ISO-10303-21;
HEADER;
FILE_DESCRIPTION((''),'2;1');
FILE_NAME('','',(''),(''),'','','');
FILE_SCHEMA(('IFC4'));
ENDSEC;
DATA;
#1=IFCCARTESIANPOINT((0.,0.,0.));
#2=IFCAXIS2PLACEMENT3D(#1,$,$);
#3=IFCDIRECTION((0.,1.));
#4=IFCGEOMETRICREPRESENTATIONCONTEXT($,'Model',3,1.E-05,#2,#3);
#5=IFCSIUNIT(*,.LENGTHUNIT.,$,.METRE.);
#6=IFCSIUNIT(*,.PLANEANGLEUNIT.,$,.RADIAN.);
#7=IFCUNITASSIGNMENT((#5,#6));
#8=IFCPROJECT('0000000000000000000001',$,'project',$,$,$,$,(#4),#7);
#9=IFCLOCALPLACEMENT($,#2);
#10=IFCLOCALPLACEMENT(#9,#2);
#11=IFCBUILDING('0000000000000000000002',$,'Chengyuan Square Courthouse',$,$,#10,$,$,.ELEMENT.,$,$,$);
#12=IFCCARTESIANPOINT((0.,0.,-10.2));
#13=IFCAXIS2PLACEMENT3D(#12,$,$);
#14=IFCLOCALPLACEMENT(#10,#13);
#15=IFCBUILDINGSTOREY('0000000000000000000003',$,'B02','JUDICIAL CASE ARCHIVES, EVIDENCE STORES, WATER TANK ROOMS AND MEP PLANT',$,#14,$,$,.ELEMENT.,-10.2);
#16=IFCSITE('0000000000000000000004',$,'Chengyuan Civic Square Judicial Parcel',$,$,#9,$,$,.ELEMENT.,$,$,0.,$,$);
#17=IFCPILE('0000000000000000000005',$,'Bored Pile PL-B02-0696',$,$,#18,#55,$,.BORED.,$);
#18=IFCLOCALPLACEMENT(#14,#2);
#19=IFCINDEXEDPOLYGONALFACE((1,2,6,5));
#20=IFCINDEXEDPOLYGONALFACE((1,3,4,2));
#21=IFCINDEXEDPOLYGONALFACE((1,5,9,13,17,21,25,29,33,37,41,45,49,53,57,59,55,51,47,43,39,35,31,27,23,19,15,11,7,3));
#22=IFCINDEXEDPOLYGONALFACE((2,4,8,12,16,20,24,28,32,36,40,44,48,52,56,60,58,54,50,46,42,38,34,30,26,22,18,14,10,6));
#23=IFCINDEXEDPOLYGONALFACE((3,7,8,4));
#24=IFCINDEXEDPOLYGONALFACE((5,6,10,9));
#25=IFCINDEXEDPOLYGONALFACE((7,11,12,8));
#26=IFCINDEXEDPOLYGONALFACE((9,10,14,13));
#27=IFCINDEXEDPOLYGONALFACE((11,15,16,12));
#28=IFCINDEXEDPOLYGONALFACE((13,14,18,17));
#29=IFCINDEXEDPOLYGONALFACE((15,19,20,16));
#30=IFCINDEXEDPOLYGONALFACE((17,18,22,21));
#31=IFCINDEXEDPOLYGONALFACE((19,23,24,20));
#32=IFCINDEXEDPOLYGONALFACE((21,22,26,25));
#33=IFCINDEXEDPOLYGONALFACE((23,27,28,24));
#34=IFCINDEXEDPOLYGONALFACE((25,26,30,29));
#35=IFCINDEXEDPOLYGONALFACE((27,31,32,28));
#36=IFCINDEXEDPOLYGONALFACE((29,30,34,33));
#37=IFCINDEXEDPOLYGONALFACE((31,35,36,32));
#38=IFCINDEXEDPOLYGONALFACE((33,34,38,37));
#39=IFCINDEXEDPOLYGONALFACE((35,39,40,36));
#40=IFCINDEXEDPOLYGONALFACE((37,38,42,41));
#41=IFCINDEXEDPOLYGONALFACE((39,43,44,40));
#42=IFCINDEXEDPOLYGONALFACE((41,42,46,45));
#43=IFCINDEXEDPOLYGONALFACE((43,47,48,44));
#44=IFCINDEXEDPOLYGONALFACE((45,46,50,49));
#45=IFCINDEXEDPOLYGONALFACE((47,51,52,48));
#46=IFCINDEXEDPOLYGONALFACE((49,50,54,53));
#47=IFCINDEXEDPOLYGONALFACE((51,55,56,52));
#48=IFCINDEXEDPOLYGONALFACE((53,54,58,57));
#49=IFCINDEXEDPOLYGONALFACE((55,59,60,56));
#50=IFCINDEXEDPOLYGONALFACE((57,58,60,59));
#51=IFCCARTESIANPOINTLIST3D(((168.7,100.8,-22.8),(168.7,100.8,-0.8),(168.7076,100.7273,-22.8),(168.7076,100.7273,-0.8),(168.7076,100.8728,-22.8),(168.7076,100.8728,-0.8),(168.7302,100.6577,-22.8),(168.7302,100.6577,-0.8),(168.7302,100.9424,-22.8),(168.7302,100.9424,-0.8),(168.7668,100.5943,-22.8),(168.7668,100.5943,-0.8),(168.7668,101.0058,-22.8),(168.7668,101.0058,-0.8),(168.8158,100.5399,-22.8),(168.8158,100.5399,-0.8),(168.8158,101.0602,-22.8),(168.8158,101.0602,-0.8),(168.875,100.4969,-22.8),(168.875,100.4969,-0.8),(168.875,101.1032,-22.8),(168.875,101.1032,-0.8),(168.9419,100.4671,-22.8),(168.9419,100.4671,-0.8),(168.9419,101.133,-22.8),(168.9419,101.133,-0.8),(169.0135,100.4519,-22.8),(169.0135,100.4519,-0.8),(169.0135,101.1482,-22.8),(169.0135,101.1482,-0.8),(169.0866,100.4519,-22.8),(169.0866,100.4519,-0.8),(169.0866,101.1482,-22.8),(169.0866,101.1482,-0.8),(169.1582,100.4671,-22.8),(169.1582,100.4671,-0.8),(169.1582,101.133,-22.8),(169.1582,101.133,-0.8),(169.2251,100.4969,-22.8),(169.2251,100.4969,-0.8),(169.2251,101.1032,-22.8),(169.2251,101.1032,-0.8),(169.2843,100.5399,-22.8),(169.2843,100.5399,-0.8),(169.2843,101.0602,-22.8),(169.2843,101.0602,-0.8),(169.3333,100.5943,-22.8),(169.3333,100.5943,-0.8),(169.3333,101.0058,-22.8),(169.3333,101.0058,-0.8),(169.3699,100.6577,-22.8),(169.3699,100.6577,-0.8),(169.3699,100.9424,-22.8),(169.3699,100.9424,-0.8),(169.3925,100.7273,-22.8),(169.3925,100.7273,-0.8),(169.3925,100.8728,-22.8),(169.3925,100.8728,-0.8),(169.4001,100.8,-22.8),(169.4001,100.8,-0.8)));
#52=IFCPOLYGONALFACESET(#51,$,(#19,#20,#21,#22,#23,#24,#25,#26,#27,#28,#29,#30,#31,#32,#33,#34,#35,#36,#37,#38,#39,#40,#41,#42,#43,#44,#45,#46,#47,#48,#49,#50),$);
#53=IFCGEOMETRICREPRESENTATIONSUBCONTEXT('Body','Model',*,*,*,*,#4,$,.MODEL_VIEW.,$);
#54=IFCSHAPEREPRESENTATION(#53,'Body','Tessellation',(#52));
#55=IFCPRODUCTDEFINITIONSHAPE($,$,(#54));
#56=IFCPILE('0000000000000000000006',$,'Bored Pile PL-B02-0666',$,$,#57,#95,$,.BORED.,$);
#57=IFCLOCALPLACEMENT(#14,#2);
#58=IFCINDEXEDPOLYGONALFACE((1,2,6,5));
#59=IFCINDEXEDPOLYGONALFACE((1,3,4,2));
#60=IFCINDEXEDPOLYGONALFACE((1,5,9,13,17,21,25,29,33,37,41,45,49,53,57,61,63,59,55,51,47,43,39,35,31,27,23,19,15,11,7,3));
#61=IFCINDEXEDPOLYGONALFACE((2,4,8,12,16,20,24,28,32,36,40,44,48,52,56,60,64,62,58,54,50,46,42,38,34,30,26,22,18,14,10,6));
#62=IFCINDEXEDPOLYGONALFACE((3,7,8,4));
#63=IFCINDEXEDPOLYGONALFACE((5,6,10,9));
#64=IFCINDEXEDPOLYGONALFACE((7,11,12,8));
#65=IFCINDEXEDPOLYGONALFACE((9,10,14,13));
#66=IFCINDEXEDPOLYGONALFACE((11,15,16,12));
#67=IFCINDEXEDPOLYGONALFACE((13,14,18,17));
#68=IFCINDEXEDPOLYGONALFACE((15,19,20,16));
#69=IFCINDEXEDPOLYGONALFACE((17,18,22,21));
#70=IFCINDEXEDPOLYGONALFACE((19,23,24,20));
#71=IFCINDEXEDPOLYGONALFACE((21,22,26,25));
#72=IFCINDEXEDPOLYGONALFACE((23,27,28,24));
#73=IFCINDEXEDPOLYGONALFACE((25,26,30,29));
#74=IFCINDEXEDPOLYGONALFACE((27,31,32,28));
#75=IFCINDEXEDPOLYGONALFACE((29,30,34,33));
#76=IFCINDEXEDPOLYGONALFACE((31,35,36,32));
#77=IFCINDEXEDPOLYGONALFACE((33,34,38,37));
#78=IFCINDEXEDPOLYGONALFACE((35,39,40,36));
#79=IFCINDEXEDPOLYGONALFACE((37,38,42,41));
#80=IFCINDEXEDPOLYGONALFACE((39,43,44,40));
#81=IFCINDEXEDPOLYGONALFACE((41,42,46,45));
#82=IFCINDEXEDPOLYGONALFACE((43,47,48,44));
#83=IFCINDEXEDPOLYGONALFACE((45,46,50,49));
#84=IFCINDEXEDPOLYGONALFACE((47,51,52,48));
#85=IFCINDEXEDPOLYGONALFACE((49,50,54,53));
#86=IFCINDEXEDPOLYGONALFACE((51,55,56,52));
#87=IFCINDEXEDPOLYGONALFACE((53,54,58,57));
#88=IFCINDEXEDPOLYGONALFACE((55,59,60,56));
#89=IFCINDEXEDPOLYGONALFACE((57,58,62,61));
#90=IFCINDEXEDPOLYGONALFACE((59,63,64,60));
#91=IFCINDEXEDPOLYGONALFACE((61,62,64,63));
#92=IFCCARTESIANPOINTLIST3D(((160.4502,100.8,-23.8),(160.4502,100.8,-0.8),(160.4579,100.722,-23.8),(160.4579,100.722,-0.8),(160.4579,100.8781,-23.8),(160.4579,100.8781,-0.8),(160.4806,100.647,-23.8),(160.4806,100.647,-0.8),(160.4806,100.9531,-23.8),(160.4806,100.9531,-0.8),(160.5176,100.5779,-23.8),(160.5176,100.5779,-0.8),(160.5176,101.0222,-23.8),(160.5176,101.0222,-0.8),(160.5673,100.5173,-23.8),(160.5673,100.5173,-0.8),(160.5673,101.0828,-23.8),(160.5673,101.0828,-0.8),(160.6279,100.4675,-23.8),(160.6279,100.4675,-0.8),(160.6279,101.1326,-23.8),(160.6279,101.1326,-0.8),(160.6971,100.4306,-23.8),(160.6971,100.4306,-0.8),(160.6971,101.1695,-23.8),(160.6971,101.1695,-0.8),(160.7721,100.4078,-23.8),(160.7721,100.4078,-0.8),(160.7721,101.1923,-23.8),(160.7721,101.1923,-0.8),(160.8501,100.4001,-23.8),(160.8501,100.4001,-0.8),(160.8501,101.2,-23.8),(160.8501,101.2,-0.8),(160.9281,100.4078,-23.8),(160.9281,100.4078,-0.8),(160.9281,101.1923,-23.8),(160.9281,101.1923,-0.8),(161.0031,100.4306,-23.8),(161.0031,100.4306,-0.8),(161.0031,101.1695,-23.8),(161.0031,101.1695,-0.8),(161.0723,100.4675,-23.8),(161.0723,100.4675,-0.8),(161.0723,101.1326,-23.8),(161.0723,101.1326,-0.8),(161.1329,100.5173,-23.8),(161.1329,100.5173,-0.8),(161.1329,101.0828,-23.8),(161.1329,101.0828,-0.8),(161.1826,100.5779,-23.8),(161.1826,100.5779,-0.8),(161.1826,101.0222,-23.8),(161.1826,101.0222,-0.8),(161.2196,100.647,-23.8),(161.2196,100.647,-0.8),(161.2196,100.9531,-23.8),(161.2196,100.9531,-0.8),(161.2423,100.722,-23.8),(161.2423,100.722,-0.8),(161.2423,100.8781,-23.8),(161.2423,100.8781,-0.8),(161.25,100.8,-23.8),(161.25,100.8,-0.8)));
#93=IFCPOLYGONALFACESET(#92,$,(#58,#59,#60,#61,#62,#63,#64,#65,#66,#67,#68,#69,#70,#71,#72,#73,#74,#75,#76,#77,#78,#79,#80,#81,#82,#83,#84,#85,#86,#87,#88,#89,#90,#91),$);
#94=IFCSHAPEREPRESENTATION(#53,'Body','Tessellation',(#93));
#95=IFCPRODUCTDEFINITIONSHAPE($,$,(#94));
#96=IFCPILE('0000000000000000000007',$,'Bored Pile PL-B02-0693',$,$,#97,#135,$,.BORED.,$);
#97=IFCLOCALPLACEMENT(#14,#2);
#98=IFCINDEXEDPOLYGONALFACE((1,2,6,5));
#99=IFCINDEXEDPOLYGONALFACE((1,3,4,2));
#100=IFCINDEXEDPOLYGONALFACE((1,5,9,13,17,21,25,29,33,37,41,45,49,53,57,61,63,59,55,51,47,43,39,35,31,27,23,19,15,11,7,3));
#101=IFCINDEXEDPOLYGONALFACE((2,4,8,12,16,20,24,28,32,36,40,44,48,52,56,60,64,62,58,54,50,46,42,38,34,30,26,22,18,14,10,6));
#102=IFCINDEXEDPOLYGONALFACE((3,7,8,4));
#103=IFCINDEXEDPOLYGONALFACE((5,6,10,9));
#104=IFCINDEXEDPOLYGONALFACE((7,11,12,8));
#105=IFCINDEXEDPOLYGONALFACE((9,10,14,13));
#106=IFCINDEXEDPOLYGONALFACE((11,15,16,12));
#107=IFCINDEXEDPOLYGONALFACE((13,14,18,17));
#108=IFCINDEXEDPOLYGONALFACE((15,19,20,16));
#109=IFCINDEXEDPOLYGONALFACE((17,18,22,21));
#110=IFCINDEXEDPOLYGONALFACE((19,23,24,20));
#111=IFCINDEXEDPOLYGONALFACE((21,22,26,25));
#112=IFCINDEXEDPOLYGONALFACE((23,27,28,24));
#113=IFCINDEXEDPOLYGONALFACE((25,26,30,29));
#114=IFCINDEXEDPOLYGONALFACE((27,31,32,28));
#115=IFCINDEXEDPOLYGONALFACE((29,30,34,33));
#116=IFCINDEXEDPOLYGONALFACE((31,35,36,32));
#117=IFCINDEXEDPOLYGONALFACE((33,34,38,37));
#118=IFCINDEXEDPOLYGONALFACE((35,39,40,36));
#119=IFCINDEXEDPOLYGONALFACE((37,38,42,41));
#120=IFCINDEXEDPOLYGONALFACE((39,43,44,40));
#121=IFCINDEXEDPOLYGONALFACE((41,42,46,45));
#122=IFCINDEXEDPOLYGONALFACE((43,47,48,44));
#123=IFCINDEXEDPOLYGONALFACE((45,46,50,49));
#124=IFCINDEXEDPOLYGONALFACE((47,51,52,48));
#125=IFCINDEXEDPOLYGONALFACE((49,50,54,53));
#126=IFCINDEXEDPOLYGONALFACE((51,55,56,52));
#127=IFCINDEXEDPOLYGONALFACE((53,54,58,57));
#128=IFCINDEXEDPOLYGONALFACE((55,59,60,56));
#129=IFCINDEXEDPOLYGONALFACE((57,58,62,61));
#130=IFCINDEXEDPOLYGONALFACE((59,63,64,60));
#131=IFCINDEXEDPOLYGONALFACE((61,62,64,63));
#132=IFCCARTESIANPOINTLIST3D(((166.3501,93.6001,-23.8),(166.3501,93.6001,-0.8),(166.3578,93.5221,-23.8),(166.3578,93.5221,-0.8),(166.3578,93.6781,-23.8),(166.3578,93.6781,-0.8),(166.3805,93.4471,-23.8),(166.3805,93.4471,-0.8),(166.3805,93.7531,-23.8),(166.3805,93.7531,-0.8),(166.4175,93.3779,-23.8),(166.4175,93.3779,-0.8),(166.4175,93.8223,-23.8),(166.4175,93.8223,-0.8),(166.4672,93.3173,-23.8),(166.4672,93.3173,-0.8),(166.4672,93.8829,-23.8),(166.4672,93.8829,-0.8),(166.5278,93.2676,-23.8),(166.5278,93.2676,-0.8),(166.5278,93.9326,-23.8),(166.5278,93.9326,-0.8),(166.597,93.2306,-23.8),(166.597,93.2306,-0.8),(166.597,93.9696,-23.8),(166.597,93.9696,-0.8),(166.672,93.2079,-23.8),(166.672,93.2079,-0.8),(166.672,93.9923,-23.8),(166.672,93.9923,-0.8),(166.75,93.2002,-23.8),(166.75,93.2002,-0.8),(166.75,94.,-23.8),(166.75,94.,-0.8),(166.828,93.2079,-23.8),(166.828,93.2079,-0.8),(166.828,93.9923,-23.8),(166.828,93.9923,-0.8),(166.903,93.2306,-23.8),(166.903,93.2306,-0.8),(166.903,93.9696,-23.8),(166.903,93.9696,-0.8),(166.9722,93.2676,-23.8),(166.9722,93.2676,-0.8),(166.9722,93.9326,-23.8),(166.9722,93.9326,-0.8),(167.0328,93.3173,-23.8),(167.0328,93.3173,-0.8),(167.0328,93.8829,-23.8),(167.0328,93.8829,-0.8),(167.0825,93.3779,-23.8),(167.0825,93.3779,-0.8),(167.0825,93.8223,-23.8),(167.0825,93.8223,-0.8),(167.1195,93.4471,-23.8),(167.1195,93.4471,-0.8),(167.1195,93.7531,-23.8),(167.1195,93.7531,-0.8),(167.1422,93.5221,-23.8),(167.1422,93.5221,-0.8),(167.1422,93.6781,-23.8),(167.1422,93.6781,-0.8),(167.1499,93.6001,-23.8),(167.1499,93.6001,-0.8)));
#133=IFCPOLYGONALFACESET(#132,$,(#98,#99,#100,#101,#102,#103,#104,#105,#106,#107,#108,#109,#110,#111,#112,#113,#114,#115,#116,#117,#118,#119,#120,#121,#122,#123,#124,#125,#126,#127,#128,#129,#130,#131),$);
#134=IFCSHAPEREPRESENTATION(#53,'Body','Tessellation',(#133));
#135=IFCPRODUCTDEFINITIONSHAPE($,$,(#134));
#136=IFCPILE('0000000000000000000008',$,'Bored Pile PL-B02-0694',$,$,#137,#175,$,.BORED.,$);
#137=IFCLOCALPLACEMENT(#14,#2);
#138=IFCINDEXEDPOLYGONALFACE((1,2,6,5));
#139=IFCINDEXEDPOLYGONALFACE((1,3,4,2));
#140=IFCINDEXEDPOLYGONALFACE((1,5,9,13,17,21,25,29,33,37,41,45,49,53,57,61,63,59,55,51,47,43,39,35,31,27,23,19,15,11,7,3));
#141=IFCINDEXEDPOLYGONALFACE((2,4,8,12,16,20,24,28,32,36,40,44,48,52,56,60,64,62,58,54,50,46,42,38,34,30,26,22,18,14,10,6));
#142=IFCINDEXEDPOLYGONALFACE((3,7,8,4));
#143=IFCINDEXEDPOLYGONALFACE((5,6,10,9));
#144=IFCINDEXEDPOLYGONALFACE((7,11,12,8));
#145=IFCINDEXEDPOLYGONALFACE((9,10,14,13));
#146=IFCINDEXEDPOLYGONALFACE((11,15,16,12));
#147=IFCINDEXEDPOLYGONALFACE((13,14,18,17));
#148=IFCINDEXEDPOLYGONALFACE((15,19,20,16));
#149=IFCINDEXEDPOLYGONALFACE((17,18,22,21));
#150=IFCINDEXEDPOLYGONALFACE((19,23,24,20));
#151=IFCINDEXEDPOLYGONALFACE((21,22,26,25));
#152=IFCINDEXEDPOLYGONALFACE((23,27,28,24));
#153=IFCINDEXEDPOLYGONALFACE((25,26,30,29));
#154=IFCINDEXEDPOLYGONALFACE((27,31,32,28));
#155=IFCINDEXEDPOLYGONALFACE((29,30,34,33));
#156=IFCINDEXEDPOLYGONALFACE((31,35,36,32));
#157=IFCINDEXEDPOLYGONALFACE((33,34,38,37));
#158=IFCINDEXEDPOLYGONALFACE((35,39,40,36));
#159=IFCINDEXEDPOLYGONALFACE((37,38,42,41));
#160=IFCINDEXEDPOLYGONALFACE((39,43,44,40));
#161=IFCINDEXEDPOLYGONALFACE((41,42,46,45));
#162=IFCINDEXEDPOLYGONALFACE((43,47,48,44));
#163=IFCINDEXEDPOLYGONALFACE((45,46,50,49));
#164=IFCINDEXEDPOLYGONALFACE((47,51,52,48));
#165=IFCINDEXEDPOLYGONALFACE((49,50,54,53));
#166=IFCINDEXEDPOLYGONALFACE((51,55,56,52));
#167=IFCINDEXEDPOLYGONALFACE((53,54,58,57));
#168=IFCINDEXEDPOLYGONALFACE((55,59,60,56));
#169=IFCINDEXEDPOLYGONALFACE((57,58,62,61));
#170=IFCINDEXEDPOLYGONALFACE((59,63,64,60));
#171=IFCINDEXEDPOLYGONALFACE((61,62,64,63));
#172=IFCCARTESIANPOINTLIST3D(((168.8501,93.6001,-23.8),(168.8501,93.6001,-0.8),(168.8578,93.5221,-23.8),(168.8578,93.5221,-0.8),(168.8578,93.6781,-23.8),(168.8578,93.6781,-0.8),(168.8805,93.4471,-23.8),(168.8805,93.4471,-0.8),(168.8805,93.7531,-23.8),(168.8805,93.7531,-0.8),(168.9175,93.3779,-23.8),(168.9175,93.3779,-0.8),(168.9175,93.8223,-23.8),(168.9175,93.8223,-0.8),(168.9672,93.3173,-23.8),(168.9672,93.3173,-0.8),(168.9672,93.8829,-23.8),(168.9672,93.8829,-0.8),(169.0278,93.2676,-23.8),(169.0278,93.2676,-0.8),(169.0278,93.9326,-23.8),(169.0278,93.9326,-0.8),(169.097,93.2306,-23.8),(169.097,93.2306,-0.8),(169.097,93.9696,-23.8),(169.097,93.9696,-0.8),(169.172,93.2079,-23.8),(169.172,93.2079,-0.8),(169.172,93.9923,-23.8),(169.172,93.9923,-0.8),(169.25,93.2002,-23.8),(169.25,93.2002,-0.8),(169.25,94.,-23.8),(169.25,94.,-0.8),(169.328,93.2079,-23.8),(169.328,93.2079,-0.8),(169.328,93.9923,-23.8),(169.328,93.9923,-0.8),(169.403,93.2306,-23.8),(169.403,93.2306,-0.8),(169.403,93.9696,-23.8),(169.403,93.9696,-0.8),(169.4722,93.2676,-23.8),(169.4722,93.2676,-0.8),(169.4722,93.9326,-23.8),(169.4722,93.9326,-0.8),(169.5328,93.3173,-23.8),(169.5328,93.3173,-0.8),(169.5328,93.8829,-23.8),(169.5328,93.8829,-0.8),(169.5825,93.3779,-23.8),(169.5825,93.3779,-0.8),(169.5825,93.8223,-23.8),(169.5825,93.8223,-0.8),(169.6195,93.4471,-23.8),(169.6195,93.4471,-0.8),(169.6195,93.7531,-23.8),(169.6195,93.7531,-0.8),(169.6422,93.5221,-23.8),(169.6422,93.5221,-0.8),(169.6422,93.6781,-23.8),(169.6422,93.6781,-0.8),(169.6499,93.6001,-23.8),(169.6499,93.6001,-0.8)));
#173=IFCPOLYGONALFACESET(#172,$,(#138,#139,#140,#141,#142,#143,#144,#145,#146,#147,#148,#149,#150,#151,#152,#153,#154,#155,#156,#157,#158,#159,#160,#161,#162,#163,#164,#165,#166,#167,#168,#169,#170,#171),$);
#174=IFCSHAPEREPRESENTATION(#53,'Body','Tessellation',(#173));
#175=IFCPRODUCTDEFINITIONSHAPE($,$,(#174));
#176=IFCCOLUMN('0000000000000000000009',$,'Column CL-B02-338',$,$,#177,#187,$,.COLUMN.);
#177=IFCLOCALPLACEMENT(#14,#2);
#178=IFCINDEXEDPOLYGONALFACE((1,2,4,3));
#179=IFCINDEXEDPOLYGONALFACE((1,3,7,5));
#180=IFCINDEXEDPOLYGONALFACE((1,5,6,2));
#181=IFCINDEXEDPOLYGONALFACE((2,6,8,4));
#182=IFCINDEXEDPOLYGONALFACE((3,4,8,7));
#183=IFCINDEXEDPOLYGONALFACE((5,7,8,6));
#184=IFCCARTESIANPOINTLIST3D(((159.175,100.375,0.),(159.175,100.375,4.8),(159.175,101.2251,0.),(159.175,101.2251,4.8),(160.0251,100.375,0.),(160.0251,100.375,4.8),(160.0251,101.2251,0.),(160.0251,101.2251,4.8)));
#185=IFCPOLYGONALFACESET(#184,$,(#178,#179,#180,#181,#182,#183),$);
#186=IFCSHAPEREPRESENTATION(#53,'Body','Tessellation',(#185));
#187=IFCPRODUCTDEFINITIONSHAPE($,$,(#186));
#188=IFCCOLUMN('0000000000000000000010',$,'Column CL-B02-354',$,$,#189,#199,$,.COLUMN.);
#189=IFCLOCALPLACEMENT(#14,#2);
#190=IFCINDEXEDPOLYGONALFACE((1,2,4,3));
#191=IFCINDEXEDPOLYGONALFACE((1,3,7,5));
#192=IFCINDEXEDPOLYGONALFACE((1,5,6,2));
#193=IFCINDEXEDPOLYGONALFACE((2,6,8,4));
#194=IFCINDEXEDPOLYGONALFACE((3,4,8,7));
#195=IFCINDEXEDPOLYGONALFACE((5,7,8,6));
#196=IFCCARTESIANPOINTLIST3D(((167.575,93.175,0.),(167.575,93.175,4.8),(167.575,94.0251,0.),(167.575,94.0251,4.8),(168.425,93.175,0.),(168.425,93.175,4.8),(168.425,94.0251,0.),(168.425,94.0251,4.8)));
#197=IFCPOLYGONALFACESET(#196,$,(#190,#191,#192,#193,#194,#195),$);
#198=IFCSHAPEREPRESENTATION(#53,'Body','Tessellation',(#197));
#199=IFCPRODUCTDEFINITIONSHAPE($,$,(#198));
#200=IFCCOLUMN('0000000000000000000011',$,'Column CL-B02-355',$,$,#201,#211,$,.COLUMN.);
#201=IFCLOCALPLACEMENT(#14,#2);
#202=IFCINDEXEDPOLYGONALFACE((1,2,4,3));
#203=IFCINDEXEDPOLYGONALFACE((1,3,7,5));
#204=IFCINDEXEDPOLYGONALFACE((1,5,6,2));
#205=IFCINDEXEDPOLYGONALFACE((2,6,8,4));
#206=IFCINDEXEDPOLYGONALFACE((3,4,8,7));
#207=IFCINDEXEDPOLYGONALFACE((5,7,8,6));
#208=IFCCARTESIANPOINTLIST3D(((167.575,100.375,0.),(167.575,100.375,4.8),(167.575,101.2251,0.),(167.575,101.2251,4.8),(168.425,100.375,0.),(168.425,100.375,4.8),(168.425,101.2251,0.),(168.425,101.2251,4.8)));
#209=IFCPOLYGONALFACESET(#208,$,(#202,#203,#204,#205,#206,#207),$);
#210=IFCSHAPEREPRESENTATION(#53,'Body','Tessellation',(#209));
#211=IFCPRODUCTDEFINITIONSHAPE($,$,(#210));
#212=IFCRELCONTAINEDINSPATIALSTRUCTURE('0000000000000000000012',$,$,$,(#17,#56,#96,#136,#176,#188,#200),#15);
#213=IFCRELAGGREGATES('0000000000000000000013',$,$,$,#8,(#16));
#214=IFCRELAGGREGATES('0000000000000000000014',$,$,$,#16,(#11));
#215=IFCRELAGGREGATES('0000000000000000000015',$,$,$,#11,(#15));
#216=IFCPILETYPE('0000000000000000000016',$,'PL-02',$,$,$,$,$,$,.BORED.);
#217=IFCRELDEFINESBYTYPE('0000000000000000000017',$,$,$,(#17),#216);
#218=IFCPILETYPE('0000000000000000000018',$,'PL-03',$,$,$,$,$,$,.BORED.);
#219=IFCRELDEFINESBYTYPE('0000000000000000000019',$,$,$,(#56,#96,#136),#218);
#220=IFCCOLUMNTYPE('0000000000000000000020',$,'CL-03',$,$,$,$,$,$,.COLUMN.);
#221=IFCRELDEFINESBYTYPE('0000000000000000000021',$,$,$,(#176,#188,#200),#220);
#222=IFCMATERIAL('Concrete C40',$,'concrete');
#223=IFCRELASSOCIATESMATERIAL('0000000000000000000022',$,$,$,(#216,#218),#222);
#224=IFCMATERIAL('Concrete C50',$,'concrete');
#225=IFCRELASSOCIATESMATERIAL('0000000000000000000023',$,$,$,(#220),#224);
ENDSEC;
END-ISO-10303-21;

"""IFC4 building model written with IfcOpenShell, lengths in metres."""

from ifc_helpers import new_model, si_unit, direction, frame, origin, origin_2d, place, context, subcontext, project, spatial, rectangle, circle, extrude, material, material_profile, profile_set, type_object, element, save


model = new_model("IFC4")

# Units and contexts
model_context = context("Model", 3, precision=1e-05, world=origin(), true_north=direction((0.0, 1.0)))
body_context = subcontext(model_context, "Body", "Model", "MODEL_VIEW")
ifc_project = project(units=[si_unit("LENGTHUNIT", "METRE"), si_unit("PLANEANGLEUNIT", "RADIAN")], contexts=[model_context])

# Site, building, storey
site_placement = place(None, origin())
site = spatial("IfcSite", under=ifc_project, at=site_placement, Name="Chengyuan Civic Square Judicial Parcel", CompositionType="ELEMENT", RefElevation=0.0)
building_placement = place(site_placement, origin())
building = spatial("IfcBuilding", under=site, at=building_placement, Name="Chengyuan Square Courthouse", CompositionType="ELEMENT")
storey_placement = place(building_placement, frame((0.0, 0.0, -10.2)))
storey = spatial("IfcBuildingStorey", under=building, at=storey_placement, Name="B02", Description="JUDICIAL CASE ARCHIVES, EVIDENCE STORES, WATER TANK ROOMS AND MEP PLANT", CompositionType="ELEMENT", Elevation=-10.2)

# Shared definitions
ifc_material_1 = material(Name="Concrete C40", Category="concrete")

# Piles
ifc_material_profile_1 = material_profile(ifc_material_1, circle(Radius=0.3501, at=origin_2d()), Name="BORED PILE D700")
ifc_profile_set_1 = profile_set([ifc_material_profile_1], Name="Concrete C40")
pile_type_1 = type_object("IfcPileType", Name="PL-02", PredefinedType="BORED", material=ifc_profile_set_1)
for number, where, z_axis, x_axis, name in (
    (1, (169.05, 100.8, -0.8), (0.0, 0.0, -1.0), (1.0, 0.0, 0.0), "Bored Pile PL-B02-0696"),
):
    element("IfcPile", number, at=place(storey_placement, frame(where, z_axis=z_axis, x_axis=x_axis)), inside=storey, type_object=pile_type_1, Name=name, PredefinedType="BORED", context=body_context, shape_type="SweptSolid", body=[
        extrude(circle(Radius=0.3501, at=origin_2d()), origin(), (0.0, 0.0, 1.0), 22.0),
    ])
ifc_material_profile_2 = material_profile(ifc_material_1, circle(Radius=0.3999, at=origin_2d()), Name="BORED PILE D800")
ifc_profile_set_2 = profile_set([ifc_material_profile_2], Name="Concrete C40")
pile_type_2 = type_object("IfcPileType", Name="PL-03", PredefinedType="BORED", material=ifc_profile_set_2)
for number, where, z_axis, x_axis, name in (
    (2, (160.8501, 100.8, -0.8), (0.0, 0.0, -1.0), (1.0, 0.0, 0.0), "Bored Pile PL-B02-0666"),
    (3, (166.75, 93.6001, -0.8), (0.0, 0.0, -1.0), (1.0, 0.0, 0.0), "Bored Pile PL-B02-0693"),
    (4, (169.25, 93.6001, -0.8), (0.0, 0.0, -1.0), (1.0, 0.0, 0.0), "Bored Pile PL-B02-0694"),
):
    element("IfcPile", number, at=place(storey_placement, frame(where, z_axis=z_axis, x_axis=x_axis)), inside=storey, type_object=pile_type_2, Name=name, PredefinedType="BORED", context=body_context, shape_type="SweptSolid", body=[
        extrude(circle(Radius=0.3999, at=origin_2d()), origin(), (0.0, 0.0, 1.0), 23.0),
    ])

# Columns
ifc_material_2 = material(Name="Concrete C50", Category="concrete")
ifc_material_profile_3 = material_profile(ifc_material_2, rectangle(XDim=0.8501, YDim=0.8501, at=origin_2d()), Name="RC-COL-850x850")
ifc_profile_set_3 = profile_set([ifc_material_profile_3], Name="Concrete C50")
column_type = type_object("IfcColumnType", Name="CL-03", PredefinedType="COLUMN", material=ifc_profile_set_3)
for number, where, z_axis, x_axis, name in (
    (5, (159.6001, 100.8, 0.0), (0.0, 0.0, 1.0), (1.0, 0.0, 0.0), "Column CL-B02-338"),
    (6, (168.0, 93.6001, 0.0), (0.0, 0.0, 1.0), (1.0, 0.0, 0.0), "Column CL-B02-354"),
    (7, (168.0, 100.8, 0.0), (0.0, 0.0, 1.0), (1.0, 0.0, 0.0), "Column CL-B02-355"),
):
    element("IfcColumn", number, at=place(storey_placement, frame(where, z_axis=z_axis, x_axis=x_axis)), inside=storey, type_object=column_type, Name=name, PredefinedType="COLUMN", context=body_context, shape_type="SweptSolid", body=[
        extrude(rectangle(XDim=0.8501, YDim=0.8501, at=origin_2d()), origin(), (0.0, 0.0, 1.0), 4.8),
    ])

save(model, "model.ifc")
